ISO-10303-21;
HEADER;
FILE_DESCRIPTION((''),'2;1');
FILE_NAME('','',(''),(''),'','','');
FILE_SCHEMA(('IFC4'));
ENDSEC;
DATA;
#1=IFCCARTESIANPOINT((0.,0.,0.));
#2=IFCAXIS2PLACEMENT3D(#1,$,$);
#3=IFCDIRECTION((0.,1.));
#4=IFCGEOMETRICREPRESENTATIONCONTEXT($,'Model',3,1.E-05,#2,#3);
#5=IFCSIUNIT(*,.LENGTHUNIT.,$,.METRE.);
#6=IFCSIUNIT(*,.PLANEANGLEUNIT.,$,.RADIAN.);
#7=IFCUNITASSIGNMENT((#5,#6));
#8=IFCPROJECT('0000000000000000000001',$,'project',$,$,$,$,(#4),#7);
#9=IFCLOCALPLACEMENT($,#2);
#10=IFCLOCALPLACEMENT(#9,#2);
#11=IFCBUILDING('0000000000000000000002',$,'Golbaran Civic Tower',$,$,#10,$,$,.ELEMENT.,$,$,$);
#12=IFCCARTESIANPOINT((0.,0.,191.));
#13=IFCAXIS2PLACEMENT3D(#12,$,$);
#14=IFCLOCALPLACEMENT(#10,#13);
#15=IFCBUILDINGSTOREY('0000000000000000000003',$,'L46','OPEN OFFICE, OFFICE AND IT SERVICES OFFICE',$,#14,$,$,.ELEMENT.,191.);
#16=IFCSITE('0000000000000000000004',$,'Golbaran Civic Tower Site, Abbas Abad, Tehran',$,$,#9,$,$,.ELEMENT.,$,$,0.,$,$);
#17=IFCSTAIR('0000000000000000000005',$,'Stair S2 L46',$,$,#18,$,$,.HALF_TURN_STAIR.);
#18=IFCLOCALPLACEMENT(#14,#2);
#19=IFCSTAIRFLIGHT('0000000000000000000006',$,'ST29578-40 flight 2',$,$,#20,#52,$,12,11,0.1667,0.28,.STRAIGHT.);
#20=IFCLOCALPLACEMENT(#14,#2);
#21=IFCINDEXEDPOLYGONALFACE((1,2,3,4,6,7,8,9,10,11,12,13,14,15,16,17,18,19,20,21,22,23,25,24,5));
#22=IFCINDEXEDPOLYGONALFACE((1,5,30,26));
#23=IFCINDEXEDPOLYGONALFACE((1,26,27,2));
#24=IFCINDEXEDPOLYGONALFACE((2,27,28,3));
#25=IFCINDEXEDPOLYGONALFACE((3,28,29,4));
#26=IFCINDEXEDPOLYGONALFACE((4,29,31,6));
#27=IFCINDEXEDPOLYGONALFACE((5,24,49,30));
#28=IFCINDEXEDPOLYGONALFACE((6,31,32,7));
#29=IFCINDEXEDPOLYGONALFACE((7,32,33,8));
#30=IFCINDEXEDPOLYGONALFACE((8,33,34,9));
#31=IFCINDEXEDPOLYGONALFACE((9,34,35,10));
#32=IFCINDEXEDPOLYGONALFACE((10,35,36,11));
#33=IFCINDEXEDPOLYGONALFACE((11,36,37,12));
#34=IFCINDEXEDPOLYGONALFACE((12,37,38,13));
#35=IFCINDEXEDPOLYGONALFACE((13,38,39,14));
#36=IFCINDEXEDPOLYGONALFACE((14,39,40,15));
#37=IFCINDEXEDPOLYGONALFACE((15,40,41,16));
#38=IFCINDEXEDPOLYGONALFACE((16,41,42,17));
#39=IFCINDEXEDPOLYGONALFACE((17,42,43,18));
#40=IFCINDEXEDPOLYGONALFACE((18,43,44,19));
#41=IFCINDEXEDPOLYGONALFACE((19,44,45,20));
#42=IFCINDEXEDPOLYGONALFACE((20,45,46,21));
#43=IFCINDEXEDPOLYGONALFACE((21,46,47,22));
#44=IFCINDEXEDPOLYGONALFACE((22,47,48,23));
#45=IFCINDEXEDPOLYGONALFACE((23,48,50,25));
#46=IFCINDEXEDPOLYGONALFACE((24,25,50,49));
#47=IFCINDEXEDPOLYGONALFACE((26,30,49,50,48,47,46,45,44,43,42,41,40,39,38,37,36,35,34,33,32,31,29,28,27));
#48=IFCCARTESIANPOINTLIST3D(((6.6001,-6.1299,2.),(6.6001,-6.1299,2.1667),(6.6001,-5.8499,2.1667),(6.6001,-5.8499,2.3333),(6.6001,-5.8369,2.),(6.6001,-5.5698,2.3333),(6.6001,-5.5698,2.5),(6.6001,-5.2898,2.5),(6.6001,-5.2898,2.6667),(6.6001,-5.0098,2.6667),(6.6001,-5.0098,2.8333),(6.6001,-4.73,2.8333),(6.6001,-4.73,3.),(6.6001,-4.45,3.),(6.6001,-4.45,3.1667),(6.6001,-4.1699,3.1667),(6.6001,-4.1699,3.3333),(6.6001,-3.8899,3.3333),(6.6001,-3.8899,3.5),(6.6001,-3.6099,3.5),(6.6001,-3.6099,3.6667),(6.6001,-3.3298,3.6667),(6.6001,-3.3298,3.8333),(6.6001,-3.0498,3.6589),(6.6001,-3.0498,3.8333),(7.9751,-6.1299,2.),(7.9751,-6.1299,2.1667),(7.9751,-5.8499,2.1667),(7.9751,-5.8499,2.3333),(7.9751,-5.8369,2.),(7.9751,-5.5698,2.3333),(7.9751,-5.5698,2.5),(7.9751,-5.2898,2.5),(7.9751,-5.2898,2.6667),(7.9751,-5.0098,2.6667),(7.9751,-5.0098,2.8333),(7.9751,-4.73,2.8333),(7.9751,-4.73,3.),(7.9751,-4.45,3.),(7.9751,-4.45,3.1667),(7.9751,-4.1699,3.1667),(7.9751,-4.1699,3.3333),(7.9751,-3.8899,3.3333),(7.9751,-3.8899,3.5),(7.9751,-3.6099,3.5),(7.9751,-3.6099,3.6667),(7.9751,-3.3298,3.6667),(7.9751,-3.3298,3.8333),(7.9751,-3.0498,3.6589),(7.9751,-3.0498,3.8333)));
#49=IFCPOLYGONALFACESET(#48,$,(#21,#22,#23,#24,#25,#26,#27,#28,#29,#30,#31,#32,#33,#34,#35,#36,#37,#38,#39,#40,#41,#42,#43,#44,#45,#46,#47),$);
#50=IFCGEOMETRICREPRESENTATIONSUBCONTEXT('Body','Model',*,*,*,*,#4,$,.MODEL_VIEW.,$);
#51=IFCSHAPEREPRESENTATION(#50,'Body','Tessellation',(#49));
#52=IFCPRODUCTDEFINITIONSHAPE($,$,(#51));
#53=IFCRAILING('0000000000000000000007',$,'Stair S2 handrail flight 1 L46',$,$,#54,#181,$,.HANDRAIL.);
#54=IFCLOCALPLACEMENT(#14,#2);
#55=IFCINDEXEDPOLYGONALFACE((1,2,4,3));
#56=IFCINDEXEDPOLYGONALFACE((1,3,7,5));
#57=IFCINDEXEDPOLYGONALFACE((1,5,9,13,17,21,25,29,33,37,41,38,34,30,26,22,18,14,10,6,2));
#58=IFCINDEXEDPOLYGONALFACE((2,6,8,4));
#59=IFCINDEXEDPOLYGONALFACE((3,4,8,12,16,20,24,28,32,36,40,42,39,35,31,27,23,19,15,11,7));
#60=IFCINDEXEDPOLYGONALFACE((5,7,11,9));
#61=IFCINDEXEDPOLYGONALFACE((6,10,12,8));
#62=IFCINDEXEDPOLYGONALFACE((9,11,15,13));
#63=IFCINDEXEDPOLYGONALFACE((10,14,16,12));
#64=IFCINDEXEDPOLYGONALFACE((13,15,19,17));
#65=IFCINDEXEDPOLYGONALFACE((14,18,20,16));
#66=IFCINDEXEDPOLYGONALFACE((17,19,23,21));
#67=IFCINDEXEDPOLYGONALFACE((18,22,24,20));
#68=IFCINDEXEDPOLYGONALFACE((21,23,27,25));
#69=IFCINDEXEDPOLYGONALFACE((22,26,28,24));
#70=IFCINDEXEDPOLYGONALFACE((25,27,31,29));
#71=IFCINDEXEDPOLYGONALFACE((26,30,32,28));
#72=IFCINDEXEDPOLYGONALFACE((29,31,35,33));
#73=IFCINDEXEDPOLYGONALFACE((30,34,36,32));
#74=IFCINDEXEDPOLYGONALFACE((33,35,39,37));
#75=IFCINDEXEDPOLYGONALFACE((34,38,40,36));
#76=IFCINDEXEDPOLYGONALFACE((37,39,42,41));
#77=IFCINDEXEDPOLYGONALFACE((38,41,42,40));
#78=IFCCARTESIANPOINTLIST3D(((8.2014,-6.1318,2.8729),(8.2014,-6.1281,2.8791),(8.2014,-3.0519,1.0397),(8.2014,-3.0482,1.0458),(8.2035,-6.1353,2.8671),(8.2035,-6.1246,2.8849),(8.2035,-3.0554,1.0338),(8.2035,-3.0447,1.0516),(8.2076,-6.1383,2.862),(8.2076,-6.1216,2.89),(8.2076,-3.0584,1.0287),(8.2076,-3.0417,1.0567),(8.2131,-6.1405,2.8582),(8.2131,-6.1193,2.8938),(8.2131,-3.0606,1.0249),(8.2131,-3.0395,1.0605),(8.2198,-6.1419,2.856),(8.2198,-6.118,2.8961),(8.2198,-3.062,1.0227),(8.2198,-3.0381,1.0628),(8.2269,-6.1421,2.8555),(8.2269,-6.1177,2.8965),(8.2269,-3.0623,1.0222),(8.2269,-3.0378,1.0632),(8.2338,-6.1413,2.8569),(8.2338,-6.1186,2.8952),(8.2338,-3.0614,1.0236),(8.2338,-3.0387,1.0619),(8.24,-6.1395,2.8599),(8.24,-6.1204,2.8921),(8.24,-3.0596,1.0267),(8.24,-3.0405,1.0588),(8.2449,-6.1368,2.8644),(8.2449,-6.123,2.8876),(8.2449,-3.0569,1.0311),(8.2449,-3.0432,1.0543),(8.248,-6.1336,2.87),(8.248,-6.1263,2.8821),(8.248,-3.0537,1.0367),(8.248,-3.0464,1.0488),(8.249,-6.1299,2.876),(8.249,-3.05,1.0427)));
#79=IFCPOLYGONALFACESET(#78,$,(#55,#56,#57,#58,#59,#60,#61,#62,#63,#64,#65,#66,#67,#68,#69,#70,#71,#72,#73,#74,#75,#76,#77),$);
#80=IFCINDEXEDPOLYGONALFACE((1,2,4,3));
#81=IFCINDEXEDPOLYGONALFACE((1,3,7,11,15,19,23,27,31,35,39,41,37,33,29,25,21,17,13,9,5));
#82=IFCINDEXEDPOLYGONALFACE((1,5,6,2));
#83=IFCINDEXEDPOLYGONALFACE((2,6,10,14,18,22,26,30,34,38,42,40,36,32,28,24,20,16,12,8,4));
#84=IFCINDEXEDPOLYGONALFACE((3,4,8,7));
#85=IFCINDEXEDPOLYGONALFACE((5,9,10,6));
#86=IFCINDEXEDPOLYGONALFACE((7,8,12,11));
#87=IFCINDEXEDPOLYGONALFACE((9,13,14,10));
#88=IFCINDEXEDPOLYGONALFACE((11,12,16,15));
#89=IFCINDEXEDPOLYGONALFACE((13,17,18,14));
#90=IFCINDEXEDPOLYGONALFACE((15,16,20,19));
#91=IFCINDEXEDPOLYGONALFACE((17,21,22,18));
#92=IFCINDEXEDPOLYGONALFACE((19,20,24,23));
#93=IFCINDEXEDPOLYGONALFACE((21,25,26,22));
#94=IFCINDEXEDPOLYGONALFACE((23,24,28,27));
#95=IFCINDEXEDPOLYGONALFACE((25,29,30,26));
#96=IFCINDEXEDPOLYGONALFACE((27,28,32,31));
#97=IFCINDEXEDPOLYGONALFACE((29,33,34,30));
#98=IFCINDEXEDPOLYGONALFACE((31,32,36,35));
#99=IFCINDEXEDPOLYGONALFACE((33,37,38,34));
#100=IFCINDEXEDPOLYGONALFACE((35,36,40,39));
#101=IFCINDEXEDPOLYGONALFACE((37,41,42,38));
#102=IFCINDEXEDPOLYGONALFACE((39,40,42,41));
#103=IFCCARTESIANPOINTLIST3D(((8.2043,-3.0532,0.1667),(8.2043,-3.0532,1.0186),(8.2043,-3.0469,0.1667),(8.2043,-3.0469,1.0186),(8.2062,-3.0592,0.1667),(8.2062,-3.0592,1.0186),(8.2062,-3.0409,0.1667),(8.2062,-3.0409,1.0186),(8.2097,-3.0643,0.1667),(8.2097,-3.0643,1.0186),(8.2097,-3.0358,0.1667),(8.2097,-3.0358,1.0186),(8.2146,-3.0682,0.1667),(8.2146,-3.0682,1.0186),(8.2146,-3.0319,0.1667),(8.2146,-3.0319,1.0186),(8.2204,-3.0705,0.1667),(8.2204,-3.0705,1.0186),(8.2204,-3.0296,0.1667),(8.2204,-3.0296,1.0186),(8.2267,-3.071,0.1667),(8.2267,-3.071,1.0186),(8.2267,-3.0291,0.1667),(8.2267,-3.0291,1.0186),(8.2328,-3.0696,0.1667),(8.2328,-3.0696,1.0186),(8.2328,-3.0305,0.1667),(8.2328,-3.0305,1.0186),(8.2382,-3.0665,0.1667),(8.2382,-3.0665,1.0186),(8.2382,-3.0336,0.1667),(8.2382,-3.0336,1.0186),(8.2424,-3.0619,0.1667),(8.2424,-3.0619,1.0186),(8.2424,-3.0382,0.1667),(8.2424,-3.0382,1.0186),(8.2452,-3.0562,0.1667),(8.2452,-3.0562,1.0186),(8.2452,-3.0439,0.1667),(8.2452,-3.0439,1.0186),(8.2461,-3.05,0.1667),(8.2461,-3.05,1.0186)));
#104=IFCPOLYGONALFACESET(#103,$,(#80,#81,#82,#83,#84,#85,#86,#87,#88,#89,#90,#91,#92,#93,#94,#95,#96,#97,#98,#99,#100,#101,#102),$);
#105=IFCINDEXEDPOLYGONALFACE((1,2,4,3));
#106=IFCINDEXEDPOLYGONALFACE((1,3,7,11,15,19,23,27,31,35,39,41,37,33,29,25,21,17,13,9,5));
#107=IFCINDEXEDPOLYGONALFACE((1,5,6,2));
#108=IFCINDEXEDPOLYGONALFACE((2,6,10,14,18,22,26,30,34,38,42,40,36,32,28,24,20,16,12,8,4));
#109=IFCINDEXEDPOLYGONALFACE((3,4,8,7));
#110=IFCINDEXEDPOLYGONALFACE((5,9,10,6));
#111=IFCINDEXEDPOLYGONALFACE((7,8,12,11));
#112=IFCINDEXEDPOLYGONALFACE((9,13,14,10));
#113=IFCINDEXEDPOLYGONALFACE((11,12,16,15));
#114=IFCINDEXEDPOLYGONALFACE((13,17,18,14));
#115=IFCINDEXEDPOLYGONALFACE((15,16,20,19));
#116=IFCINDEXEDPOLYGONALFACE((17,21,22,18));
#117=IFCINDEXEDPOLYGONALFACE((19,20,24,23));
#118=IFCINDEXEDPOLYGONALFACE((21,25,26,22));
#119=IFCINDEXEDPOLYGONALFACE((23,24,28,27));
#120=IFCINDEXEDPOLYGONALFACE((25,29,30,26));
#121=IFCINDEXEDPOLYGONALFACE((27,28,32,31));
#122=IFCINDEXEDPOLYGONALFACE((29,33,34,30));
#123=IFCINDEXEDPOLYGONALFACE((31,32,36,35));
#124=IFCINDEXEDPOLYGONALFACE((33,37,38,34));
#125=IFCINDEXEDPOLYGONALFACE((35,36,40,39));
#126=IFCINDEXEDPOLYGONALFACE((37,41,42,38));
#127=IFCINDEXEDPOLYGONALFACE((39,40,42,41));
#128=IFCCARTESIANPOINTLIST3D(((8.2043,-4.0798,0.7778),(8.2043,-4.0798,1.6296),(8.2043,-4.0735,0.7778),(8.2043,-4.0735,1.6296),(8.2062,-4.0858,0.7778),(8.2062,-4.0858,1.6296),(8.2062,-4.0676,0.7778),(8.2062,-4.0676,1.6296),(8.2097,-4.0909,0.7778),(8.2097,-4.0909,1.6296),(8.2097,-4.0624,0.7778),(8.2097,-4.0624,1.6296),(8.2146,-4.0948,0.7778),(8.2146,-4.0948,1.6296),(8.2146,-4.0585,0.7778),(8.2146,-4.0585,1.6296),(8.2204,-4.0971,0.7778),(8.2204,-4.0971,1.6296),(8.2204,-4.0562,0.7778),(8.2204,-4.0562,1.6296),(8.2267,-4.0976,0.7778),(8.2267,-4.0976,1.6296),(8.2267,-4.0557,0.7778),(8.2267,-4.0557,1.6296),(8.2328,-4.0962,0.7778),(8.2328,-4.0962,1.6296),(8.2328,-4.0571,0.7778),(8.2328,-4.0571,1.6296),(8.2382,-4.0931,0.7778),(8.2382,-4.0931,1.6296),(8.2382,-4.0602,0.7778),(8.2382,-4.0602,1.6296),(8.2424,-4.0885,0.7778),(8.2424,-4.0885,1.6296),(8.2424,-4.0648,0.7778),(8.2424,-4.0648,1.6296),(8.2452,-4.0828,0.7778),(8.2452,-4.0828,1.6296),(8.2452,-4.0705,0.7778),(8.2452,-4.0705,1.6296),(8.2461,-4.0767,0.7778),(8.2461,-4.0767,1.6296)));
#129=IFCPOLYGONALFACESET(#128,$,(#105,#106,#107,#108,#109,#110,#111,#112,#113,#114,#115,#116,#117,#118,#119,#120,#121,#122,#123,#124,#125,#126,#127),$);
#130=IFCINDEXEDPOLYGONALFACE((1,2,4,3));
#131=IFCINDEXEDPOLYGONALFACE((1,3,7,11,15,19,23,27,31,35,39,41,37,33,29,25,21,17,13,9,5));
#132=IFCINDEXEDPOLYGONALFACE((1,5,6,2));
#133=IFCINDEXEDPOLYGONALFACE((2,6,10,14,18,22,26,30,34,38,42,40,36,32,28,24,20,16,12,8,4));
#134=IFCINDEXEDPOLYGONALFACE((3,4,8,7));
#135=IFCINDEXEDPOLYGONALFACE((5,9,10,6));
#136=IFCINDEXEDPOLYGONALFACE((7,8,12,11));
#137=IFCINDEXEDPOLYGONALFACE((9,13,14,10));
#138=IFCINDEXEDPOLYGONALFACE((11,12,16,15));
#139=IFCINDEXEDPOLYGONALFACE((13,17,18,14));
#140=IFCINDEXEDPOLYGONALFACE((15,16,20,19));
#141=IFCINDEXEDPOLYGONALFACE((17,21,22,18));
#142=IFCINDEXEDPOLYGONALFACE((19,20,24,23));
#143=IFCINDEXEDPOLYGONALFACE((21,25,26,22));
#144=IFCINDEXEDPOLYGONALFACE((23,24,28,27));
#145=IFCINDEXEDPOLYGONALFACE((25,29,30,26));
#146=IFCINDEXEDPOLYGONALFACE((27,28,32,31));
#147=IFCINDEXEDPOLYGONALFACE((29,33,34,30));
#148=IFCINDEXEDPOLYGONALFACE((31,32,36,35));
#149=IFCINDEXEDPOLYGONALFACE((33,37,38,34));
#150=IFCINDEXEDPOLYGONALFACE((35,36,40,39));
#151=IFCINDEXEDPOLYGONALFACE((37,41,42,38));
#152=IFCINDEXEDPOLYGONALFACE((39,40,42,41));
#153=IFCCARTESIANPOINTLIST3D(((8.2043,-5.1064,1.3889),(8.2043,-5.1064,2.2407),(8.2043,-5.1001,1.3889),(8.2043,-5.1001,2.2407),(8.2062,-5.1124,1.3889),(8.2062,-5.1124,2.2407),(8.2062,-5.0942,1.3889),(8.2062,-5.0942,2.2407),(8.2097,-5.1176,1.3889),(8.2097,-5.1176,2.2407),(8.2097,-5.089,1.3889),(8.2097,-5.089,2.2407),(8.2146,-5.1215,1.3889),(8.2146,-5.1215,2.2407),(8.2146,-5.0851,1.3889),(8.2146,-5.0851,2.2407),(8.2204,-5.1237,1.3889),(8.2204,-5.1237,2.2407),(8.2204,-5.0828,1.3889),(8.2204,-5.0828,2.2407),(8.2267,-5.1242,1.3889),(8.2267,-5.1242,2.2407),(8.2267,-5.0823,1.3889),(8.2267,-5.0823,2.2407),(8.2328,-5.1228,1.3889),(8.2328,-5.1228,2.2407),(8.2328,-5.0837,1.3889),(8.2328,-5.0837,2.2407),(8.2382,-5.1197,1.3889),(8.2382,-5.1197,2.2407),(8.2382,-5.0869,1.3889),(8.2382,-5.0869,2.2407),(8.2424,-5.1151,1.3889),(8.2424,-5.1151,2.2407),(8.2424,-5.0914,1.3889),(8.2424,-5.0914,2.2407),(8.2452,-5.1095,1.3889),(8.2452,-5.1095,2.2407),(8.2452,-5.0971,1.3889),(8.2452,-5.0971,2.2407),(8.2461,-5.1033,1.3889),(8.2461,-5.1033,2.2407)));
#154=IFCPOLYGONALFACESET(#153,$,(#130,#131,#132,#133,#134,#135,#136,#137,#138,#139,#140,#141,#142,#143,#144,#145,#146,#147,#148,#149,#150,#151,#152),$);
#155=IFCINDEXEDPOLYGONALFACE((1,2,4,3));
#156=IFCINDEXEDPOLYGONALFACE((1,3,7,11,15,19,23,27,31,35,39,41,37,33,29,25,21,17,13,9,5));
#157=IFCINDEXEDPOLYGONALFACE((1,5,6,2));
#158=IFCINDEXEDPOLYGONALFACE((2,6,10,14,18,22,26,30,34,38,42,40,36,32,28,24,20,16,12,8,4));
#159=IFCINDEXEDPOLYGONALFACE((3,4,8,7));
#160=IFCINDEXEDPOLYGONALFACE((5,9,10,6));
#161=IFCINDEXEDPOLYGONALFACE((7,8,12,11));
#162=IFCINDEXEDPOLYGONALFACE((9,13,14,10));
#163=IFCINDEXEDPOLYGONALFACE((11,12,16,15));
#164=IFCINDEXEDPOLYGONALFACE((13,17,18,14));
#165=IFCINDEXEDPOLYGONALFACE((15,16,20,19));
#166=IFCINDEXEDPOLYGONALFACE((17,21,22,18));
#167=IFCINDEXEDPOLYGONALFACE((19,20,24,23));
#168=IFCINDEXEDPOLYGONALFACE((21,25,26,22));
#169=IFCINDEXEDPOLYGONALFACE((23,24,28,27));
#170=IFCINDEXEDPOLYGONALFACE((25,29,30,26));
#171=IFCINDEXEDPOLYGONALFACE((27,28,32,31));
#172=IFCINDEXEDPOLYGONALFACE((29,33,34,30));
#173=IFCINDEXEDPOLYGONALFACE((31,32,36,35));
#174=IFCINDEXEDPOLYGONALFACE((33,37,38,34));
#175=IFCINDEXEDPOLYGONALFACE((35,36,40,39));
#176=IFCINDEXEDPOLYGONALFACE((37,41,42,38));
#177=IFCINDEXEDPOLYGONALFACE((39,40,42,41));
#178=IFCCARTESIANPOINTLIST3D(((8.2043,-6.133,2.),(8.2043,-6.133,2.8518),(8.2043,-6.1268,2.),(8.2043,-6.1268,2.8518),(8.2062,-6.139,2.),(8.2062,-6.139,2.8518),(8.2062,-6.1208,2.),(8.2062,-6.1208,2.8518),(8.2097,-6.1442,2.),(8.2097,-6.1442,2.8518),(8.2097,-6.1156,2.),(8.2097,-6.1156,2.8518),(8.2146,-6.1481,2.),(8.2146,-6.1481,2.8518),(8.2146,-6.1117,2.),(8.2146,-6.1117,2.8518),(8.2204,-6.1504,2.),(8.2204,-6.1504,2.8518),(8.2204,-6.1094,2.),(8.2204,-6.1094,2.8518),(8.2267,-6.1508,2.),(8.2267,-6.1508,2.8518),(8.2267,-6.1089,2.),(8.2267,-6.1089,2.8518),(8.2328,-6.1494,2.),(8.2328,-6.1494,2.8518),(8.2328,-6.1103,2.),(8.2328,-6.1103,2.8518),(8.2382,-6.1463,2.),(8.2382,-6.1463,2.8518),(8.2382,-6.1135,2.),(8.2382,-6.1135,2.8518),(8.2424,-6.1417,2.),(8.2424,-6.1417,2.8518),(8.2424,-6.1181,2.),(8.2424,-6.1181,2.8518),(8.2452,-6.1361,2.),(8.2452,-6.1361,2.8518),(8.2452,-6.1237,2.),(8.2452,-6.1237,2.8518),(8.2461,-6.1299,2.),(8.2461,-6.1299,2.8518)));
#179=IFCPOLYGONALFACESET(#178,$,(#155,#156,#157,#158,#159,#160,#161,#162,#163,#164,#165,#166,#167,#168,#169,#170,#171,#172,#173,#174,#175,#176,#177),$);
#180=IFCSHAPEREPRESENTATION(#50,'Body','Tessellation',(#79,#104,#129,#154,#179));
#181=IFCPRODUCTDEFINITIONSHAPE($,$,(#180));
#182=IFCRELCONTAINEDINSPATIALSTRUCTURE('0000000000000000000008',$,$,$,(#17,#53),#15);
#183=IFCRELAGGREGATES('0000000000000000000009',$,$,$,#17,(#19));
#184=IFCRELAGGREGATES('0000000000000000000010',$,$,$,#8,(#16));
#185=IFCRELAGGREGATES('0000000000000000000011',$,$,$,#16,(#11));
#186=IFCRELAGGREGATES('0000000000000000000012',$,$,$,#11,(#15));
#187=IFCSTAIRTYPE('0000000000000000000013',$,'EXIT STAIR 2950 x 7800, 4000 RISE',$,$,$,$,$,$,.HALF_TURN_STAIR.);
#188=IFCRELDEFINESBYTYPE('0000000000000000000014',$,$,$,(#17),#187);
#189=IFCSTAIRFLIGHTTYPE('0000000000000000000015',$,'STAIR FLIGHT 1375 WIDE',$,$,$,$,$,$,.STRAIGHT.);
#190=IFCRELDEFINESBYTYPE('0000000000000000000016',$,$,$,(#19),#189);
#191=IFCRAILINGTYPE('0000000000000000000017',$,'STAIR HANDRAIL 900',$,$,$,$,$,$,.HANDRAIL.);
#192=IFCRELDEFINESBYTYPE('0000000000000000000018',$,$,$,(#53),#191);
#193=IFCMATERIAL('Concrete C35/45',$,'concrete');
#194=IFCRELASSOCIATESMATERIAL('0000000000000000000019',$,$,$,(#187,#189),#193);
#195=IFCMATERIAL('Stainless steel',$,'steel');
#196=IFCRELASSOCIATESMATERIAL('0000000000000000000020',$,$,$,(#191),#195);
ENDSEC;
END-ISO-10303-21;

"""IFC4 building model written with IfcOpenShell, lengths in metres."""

from ifc_helpers import new_model, si_unit, direction, frame, origin, origin_2d, place, context, subcontext, project, spatial, polyline, circle, outline, extrude, material, type_object, element, aggregate, save


model = new_model("IFC4")

# Units and contexts
model_context = context("Model", 3, precision=1e-05, world=origin(), true_north=direction((0.0, 1.0)))
body_context = subcontext(model_context, "Body", "Model", "MODEL_VIEW")
ifc_project = project(units=[si_unit("LENGTHUNIT", "METRE"), si_unit("PLANEANGLEUNIT", "RADIAN")], contexts=[model_context])

# Site, building, storey
site_placement = place(None, origin())
site = spatial("IfcSite", under=ifc_project, at=site_placement, Name="Golbaran Civic Tower Site, Abbas Abad, Tehran", CompositionType="ELEMENT", RefElevation=0.0)
building_placement = place(site_placement, origin())
building = spatial("IfcBuilding", under=site, at=building_placement, Name="Golbaran Civic Tower", CompositionType="ELEMENT")
storey_placement = place(building_placement, frame((0.0, 0.0, 191.0)))
storey = spatial("IfcBuildingStorey", under=building, at=storey_placement, Name="L46", Description="OPEN OFFICE, OFFICE AND IT SERVICES OFFICE", CompositionType="ELEMENT", Elevation=191.0)

# Shared definitions
ifc_material_1 = material(Name="Concrete C35/45", Category="concrete")
stair_type_1 = type_object("IfcStairType", Name="EXIT STAIR 2950 x 7800, 4000 RISE", PredefinedType="HALF_TURN_STAIR", material=ifc_material_1)

# Stair
stair_1_placement = place(storey_placement, origin())
stair_1 = element("IfcStair", 1, at=stair_1_placement, inside=storey, type_object=stair_type_1, Name="Stair S2 L46", PredefinedType="HALF_TURN_STAIR")

# Shared definitions
ifc_material_2 = material(Name="Stainless steel", Category="steel")

# Stair flight
stair_flight_type = type_object("IfcStairFlightType", Name="STAIR FLIGHT 1375 WIDE", PredefinedType="STRAIGHT", material=ifc_material_1)
stair_flight_placement = place(storey_placement, frame((7.2876, -6.1299, 2.0), z_axis=(0.0, 0.0, 1.0), x_axis=(0.0, 1.0, 0.0)))
stair_flight = element("IfcStairFlight", 2, at=stair_flight_placement, type_object=stair_flight_type, Name="ST29578-40 flight 2", NumberOfRisers=12, NumberOfTreads=11, PredefinedType="STRAIGHT", RiserHeight=0.1667, TreadLength=0.28, context=body_context, shape_type="SweptSolid", body=[
    extrude(outline(polyline([(0.0, 0.0), (0.0, 0.1667), (0.28, 0.1667), (0.28, 0.3333), (0.5601, 0.3333), (0.5601, 0.5), (0.8401, 0.5), (0.8401, 0.6667), (1.1201, 0.6667), (1.1201, 0.8333), (1.3999, 0.8333), (1.3999, 1.0), (1.6799, 1.0), (1.6799, 1.1667), (1.96, 1.1667), (1.96, 1.3333), (2.24, 1.3333), (2.24, 1.5), (2.52, 1.5), (2.52, 1.6667), (2.8, 1.6667), (2.8, 1.8333), (3.0801, 1.8333), (3.0801, 2.0), (3.0801, 1.6589), (0.293, 0.0), (0.0, 0.0)])), frame((0.0, 0.6875, 0.0), z_axis=(0.0, -1.0, 0.0), x_axis=(1.0, 0.0, 0.0)), (0.0, 0.0, 1.0), 1.375),
])
aggregate(stair_1, [stair_flight])

# Railing
railing_type = type_object("IfcRailingType", Name="STAIR HANDRAIL 900", PredefinedType="HANDRAIL", material=ifc_material_2)
railing_1_placement = place(storey_placement, frame((8.2251, -3.05, 0.1667)))
element("IfcRailing", 3, at=railing_1_placement, inside=storey, type_object=railing_type, Name="Stair S2 handrail flight 1 L46", PredefinedType="HANDRAIL", context=body_context, shape_type="SweptSolid", body=[
    extrude(circle(Radius=0.0239, at=origin_2d()), frame((0.0, 0.0, 0.876), z_axis=(0.0, -0.859291, 0.511487), x_axis=(1.0, 0.0, 0.0)), (0.0, 0.0, 1.0), 3.5842),
    extrude(circle(Radius=0.021, at=origin_2d()), origin(), (0.0, 0.0, 1.0), 0.8518),
    extrude(circle(Radius=0.021, at=origin_2d()), frame((0.0, -1.0266, 0.6111)), (0.0, 0.0, 1.0), 0.8518),
    extrude(circle(Radius=0.021, at=origin_2d()), frame((0.0, -2.0532, 1.2222)), (0.0, 0.0, 1.0), 0.8518),
    extrude(circle(Radius=0.021, at=origin_2d()), frame((0.0, -3.0798, 1.8333)), (0.0, 0.0, 1.0), 0.8518),
])

save(model, "model.ifc")
